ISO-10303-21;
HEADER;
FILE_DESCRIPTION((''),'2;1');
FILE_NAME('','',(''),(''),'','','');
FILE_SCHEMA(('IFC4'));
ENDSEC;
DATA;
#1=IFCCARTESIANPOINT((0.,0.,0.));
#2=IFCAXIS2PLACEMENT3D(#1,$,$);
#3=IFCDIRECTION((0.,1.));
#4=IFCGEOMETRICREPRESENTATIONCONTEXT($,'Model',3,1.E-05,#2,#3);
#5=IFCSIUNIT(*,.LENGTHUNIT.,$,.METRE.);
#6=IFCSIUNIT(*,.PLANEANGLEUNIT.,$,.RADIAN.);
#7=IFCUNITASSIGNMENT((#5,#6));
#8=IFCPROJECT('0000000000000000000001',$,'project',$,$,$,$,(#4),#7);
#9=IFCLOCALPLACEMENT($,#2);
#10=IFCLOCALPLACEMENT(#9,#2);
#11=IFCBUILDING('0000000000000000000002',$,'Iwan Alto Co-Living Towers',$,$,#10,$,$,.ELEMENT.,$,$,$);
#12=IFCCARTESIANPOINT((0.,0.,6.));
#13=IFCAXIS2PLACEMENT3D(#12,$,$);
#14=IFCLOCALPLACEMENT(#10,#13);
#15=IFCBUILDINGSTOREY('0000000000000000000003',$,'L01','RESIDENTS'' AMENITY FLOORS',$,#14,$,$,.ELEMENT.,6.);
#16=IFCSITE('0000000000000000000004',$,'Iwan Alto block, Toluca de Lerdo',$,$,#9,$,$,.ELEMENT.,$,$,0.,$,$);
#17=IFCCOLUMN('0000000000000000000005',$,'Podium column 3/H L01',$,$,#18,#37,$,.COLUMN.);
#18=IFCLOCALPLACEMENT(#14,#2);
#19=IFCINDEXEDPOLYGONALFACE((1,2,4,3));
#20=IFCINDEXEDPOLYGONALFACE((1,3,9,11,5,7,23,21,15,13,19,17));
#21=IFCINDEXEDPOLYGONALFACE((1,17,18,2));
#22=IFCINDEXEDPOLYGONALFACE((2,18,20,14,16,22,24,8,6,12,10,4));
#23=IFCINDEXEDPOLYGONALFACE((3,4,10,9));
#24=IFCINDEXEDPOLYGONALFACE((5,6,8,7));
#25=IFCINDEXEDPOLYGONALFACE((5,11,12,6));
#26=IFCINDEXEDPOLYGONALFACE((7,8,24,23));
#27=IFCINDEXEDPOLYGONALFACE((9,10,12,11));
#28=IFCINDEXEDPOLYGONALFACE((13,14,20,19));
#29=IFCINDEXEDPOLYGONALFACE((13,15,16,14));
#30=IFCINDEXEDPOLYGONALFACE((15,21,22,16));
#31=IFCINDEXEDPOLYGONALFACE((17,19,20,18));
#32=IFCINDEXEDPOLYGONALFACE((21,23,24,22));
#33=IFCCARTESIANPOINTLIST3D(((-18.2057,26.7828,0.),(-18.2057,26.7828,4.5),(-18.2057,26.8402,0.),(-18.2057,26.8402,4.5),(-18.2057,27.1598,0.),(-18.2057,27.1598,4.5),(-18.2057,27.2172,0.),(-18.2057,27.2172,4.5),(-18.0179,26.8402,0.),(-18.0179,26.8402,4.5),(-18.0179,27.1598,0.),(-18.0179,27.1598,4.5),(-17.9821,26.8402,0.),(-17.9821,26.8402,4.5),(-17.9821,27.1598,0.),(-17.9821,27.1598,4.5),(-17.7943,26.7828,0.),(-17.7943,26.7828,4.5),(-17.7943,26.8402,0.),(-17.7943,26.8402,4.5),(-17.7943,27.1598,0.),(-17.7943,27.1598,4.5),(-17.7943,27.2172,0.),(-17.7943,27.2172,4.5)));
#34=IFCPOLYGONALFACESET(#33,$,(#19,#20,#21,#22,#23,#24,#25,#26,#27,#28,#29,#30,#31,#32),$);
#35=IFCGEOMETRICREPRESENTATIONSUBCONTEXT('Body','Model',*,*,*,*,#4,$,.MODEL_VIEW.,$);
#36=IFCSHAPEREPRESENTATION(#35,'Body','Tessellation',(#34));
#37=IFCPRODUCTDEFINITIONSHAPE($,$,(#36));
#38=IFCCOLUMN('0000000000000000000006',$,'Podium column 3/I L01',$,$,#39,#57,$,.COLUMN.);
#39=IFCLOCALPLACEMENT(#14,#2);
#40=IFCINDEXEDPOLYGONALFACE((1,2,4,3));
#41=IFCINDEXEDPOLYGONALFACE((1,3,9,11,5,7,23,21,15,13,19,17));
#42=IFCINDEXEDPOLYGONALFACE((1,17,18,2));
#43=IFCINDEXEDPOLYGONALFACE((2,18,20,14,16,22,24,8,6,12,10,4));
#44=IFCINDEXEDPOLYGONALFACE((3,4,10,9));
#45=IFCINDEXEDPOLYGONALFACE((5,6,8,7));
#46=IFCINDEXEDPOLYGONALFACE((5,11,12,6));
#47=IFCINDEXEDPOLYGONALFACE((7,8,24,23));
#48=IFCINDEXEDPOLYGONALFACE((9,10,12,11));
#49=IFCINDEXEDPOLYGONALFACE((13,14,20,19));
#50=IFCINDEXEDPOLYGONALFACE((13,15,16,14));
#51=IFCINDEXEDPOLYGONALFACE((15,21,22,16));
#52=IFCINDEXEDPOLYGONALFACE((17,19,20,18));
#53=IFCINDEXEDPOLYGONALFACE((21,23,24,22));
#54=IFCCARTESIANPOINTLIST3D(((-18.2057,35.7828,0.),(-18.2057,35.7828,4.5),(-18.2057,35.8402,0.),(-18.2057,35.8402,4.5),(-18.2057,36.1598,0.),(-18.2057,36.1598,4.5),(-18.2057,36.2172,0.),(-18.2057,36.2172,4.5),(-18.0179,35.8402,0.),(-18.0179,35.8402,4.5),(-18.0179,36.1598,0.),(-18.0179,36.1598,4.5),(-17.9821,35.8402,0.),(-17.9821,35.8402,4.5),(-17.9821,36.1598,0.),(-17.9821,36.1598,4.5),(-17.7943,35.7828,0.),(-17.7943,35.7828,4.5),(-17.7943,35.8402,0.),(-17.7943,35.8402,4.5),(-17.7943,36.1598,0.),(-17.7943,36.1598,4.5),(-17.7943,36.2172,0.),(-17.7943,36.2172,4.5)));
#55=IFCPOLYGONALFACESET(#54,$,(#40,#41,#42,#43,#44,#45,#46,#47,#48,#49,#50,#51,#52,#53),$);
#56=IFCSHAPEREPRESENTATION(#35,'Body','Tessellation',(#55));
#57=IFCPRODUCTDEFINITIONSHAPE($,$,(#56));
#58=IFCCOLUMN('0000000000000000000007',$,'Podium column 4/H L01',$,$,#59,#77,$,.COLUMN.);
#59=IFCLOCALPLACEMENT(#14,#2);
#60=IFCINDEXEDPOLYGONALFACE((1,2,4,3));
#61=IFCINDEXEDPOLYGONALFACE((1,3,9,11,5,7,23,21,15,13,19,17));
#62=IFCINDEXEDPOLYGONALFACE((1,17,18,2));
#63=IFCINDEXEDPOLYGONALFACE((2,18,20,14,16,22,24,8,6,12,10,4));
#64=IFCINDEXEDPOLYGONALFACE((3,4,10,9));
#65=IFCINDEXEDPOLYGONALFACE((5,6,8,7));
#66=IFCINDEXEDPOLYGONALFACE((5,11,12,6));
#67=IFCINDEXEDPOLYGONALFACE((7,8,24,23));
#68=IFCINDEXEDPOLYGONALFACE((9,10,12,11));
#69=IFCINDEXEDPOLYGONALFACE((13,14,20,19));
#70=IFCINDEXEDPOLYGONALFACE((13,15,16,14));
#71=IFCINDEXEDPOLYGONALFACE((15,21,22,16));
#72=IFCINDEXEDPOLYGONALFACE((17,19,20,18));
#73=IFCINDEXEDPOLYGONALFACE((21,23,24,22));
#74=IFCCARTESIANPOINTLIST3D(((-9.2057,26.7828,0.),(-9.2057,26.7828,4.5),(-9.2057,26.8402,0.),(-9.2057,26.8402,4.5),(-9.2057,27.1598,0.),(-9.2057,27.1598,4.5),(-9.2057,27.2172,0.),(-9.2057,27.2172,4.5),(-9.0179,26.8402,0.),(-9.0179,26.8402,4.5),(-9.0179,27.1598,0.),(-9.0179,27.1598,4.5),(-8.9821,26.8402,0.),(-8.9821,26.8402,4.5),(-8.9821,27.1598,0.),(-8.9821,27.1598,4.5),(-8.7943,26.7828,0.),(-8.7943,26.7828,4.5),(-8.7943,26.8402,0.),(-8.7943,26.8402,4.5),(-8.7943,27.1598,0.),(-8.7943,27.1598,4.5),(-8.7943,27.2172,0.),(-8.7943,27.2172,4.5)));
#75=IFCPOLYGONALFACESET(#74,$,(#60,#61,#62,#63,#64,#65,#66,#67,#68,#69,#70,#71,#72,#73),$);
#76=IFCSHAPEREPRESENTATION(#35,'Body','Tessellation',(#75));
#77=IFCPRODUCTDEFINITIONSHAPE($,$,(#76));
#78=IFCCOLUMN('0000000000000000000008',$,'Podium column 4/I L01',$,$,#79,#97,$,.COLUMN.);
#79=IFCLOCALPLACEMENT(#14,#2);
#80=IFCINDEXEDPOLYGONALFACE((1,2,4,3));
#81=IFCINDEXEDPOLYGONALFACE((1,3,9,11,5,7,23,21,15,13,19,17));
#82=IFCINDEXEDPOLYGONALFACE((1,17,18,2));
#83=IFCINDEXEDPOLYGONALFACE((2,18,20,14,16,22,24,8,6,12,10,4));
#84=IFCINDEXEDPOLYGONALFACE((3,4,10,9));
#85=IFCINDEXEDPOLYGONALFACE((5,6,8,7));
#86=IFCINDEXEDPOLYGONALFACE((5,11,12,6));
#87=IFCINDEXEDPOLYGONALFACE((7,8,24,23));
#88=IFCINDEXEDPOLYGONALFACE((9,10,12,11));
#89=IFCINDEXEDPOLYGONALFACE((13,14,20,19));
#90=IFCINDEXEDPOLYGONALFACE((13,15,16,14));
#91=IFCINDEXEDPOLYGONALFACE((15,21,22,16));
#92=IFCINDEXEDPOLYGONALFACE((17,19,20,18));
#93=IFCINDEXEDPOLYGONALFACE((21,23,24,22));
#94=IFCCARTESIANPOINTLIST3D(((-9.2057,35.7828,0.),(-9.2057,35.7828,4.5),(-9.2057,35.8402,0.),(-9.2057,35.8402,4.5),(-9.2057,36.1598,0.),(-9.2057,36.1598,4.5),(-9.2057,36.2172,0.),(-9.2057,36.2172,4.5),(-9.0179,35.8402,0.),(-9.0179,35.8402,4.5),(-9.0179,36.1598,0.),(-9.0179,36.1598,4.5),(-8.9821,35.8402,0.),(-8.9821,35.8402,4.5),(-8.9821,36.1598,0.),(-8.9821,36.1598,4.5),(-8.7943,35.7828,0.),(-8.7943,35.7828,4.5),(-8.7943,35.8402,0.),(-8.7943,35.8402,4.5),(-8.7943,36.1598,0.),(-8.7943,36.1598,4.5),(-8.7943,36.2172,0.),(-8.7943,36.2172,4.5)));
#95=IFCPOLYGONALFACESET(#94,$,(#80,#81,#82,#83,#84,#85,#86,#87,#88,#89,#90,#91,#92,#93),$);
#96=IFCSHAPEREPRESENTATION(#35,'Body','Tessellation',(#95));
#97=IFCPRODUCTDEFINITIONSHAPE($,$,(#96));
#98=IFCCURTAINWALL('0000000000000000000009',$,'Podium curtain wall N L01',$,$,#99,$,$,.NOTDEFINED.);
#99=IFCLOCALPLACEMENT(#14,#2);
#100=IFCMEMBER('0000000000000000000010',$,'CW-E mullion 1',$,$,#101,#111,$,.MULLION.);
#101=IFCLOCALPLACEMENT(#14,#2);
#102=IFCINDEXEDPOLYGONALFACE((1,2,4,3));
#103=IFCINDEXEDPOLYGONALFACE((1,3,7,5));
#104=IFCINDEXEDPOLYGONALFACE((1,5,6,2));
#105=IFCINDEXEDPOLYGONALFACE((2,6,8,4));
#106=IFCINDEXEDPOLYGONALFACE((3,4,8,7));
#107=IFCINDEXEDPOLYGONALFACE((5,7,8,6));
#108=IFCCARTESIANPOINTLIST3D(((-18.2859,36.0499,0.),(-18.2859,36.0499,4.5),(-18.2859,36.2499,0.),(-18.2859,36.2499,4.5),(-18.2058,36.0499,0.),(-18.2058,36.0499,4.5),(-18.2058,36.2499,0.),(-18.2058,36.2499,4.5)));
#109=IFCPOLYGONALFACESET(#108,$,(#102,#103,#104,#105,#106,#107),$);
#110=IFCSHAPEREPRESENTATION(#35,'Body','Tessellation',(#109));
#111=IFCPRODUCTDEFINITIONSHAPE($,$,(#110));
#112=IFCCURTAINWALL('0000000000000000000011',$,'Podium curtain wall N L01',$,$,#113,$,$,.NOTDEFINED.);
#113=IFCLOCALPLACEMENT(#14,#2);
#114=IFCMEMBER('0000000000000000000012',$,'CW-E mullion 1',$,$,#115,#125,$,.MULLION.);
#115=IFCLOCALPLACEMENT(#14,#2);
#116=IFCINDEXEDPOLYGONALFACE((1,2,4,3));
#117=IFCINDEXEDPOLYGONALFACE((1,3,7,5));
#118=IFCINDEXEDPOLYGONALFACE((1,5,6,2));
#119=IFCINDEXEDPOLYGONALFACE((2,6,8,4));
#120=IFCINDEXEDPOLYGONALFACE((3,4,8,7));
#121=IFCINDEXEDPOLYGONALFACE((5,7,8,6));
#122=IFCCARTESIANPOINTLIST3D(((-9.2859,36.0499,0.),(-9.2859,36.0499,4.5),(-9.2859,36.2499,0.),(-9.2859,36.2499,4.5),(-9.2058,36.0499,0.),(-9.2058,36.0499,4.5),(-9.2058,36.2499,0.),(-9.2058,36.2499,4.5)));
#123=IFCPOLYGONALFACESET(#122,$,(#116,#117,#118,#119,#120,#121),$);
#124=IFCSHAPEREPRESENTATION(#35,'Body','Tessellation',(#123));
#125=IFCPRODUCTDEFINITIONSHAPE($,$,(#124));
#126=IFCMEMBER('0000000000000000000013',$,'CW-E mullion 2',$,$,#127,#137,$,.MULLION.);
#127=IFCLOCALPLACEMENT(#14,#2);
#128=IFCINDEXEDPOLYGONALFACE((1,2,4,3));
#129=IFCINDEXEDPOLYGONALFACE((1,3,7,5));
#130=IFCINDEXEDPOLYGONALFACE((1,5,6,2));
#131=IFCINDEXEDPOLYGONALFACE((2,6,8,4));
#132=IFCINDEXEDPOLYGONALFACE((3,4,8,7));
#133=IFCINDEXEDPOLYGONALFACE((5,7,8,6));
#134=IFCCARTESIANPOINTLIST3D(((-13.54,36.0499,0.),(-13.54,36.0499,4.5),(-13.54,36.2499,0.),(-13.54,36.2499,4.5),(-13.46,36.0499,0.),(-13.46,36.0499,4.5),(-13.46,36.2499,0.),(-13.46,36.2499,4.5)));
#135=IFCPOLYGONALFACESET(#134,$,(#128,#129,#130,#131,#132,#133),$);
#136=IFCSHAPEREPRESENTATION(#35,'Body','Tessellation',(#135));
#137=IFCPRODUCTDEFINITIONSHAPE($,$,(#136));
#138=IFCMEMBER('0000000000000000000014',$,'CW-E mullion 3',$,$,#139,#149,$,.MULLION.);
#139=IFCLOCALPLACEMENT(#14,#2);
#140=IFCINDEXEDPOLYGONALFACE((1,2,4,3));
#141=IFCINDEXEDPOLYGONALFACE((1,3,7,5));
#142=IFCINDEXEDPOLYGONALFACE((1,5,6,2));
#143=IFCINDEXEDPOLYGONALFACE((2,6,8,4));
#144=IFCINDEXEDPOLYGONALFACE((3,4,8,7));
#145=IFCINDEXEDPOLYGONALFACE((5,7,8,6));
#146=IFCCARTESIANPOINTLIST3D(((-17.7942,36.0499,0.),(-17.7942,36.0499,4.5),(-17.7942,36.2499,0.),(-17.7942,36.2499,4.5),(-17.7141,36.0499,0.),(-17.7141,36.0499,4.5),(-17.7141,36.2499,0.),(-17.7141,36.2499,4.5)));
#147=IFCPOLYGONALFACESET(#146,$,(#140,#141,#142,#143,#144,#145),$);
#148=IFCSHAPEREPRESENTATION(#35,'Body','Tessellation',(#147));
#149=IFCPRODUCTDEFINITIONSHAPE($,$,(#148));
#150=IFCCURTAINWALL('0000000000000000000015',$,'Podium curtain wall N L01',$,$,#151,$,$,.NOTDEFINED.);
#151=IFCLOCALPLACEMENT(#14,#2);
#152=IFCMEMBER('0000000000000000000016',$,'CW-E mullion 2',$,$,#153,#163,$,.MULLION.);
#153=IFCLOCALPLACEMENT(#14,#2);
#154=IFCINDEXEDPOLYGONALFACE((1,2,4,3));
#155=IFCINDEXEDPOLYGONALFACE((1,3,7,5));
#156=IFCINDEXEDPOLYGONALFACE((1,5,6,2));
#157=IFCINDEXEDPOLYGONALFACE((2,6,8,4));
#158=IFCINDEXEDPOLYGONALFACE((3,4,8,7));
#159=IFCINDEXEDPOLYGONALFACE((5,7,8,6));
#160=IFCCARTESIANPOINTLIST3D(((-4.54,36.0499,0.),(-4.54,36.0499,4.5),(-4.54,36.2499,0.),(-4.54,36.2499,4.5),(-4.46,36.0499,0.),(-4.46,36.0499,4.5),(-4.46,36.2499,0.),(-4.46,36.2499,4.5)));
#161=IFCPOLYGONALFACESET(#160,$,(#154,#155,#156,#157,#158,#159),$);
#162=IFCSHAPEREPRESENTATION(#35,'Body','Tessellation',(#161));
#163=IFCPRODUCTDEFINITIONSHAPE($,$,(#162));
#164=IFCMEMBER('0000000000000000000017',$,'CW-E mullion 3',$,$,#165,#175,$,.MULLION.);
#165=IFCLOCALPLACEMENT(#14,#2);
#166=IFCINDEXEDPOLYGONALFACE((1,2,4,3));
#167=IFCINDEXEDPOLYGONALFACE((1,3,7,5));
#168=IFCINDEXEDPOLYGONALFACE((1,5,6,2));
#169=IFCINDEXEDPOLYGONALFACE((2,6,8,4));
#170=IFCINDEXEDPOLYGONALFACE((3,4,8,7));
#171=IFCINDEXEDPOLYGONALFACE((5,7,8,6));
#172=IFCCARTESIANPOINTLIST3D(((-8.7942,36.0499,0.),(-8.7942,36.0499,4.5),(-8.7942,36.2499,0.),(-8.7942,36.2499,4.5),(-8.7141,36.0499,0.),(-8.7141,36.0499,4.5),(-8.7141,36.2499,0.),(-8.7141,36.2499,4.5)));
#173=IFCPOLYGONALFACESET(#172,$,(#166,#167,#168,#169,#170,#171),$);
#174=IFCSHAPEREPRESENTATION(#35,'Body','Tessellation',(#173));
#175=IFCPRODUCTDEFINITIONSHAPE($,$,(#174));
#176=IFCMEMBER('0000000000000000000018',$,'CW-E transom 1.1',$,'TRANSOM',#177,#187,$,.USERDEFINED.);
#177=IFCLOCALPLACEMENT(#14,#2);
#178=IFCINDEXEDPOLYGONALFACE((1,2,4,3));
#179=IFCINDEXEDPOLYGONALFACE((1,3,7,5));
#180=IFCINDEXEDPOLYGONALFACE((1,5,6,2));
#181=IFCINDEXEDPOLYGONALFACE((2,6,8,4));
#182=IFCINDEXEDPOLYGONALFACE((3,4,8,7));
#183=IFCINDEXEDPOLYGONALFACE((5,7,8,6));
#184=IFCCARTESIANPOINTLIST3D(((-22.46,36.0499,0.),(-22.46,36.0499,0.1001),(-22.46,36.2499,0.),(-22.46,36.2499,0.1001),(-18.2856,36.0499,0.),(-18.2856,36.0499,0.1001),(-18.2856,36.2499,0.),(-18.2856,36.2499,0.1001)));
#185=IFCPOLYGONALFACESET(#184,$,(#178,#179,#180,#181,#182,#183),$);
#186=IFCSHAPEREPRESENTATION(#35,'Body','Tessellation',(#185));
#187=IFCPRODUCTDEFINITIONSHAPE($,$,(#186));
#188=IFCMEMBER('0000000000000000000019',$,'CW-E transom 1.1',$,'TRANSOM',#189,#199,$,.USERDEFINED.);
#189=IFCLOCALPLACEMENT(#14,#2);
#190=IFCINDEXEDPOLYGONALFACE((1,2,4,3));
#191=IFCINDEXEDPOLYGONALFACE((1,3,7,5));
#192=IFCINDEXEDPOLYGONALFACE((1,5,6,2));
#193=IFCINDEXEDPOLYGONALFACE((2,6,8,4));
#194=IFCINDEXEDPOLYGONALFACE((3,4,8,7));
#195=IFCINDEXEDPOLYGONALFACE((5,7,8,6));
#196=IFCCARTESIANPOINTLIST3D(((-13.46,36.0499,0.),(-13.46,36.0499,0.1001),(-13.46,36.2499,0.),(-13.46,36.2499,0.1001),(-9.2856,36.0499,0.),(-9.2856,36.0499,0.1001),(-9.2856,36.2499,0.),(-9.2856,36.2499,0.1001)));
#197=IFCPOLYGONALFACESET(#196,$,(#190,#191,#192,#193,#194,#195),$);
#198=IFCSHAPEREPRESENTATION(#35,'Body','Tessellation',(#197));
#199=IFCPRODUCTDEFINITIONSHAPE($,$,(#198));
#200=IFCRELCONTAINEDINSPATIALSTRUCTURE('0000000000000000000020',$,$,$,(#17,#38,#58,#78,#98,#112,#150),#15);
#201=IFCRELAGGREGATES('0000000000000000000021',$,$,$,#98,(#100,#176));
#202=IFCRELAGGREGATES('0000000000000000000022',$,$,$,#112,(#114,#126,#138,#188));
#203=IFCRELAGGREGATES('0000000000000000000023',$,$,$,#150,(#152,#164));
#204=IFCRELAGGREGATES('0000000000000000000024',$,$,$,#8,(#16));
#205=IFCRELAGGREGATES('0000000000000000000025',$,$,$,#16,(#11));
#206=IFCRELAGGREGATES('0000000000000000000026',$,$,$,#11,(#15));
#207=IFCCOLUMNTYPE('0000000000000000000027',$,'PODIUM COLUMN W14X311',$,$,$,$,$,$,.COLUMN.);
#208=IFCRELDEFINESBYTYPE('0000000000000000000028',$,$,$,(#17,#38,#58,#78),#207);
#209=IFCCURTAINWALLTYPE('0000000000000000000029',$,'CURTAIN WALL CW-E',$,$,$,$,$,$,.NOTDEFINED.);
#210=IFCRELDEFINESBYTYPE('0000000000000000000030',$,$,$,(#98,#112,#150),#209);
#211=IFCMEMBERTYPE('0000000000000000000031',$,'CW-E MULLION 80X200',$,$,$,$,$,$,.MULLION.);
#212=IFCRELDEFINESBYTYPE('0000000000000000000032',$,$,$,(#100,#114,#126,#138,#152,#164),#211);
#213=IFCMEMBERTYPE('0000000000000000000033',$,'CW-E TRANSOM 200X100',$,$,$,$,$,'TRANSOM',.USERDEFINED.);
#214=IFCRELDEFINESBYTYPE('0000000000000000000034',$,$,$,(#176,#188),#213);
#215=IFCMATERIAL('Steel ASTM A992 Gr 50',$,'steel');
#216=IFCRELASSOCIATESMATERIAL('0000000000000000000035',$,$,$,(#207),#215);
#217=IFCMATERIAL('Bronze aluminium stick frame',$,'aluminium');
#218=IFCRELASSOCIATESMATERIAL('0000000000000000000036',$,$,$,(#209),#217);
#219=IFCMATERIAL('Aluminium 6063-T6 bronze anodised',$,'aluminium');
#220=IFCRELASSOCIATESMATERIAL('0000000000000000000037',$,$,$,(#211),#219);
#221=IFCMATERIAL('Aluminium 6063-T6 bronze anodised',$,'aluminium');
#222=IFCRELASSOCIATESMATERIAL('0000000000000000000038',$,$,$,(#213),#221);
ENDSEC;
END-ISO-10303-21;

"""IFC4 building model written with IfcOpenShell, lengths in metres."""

from ifc_helpers import new_model, si_unit, direction, frame, origin, origin_2d, place, context, subcontext, project, spatial, rectangle, i_section, extrude, material, material_profile, profile_set, type_object, element, aggregate, save


model = new_model("IFC4")

# Units and contexts
model_context = context("Model", 3, precision=1e-05, world=origin(), true_north=direction((0.0, 1.0)))
body_context = subcontext(model_context, "Body", "Model", "MODEL_VIEW")
ifc_project = project(units=[si_unit("LENGTHUNIT", "METRE"), si_unit("PLANEANGLEUNIT", "RADIAN")], contexts=[model_context])

# Site, building, storey
site_placement = place(None, origin())
site = spatial("IfcSite", under=ifc_project, at=site_placement, Name="Iwan Alto block, Toluca de Lerdo", CompositionType="ELEMENT", RefElevation=0.0)
building_placement = place(site_placement, origin())
building = spatial("IfcBuilding", under=site, at=building_placement, Name="Iwan Alto Co-Living Towers", CompositionType="ELEMENT")
storey_placement = place(building_placement, frame((0.0, 0.0, 6.0)))
storey = spatial("IfcBuildingStorey", under=building, at=storey_placement, Name="L01", Description="RESIDENTS' AMENITY FLOORS", CompositionType="ELEMENT", Elevation=6.0)

# Columns
ifc_material_1 = material(Name="Steel ASTM A992 Gr 50", Category="steel")
ifc_material_profile_1 = material_profile(ifc_material_1, i_section(OverallWidth=0.4114, OverallDepth=0.4343, WebThickness=0.0359, FlangeThickness=0.0574, at=origin_2d()), Name="W14X311")
ifc_profile_set_1 = profile_set([ifc_material_profile_1], Name="Steel ASTM A992 Gr 50")
column_type = type_object("IfcColumnType", Name="PODIUM COLUMN W14X311", PredefinedType="COLUMN", material=ifc_profile_set_1)
for number, where, z_axis, x_axis, name in (
    (1, (-18.0, 27.0, 0.0), (0.0, 0.0, 1.0), (1.0, 0.0, 0.0), "Podium column 3/H L01"),
    (2, (-18.0, 36.0, 0.0), (0.0, 0.0, 1.0), (1.0, 0.0, 0.0), "Podium column 3/I L01"),
    (3, (-9.0, 27.0, 0.0), (0.0, 0.0, 1.0), (1.0, 0.0, 0.0), "Podium column 4/H L01"),
    (4, (-9.0, 36.0, 0.0), (0.0, 0.0, 1.0), (1.0, 0.0, 0.0), "Podium column 4/I L01"),
):
    element("IfcColumn", number, at=place(storey_placement, frame(where, z_axis=z_axis, x_axis=x_axis)), inside=storey, type_object=column_type, Name=name, PredefinedType="COLUMN", context=body_context, shape_type="SweptSolid", body=[
        extrude(i_section(OverallWidth=0.4114, OverallDepth=0.4343, WebThickness=0.0359, FlangeThickness=0.0574, at=origin_2d()), origin(), (0.0, 0.0, 1.0), 4.5),
    ])

# Curtain wall, member
ifc_material_2 = material(Name="Bronze aluminium stick frame", Category="aluminium")
curtain_wall_type = type_object("IfcCurtainWallType", Name="CURTAIN WALL CW-E", PredefinedType="NOTDEFINED", material=ifc_material_2)
curtain_wall_1_placement = place(storey_placement, origin())
curtain_wall_1 = element("IfcCurtainWall", 5, at=curtain_wall_1_placement, inside=storey, type_object=curtain_wall_type, Name="Podium curtain wall N L01", PredefinedType="NOTDEFINED")
ifc_material_3 = material(Name="Aluminium 6063-T6 bronze anodised", Category="aluminium")
ifc_material_profile_2 = material_profile(ifc_material_3, rectangle(XDim=0.2, YDim=0.0801, at=origin_2d()), Name="AL 80X200")
ifc_profile_set_2 = profile_set([ifc_material_profile_2], Name="Aluminium 6063-T6 bronze anodised")
member_type_1 = type_object("IfcMemberType", Name="CW-E MULLION 80X200", PredefinedType="MULLION", material=ifc_profile_set_2)
member_1_placement = place(storey_placement, frame((-18.2458, 36.1499, 0.0), z_axis=(0.0, 0.0, 1.0), x_axis=(0.0, -1.0, 0.0)))
member_1 = element("IfcMember", 6, at=member_1_placement, type_object=member_type_1, Name="CW-E mullion 1", PredefinedType="MULLION", context=body_context, shape_type="SweptSolid", body=[
    extrude(rectangle(XDim=0.2, YDim=0.0801, at=origin_2d()), origin(), (0.0, 0.0, 1.0), 4.5),
])

# Curtain walls, members
curtain_wall_2_placement = place(storey_placement, origin())
curtain_wall_2 = element("IfcCurtainWall", 7, at=curtain_wall_2_placement, inside=storey, type_object=curtain_wall_type, Name="Podium curtain wall N L01", PredefinedType="NOTDEFINED")
member_2_placement = place(storey_placement, frame((-9.2458, 36.1499, 0.0), z_axis=(0.0, 0.0, 1.0), x_axis=(0.0, -1.0, 0.0)))
member_2 = element("IfcMember", 8, at=member_2_placement, type_object=member_type_1, Name="CW-E mullion 1", PredefinedType="MULLION", context=body_context, shape_type="SweptSolid", body=[
    extrude(rectangle(XDim=0.2, YDim=0.0801, at=origin_2d()), origin(), (0.0, 0.0, 1.0), 4.5),
])
member_3_placement = place(storey_placement, frame((-13.5, 36.1499, 0.0), z_axis=(0.0, 0.0, 1.0), x_axis=(0.0, -1.0, 0.0)))
member_3 = element("IfcMember", 9, at=member_3_placement, type_object=member_type_1, Name="CW-E mullion 2", PredefinedType="MULLION", context=body_context, shape_type="SweptSolid", body=[
    extrude(rectangle(XDim=0.2, YDim=0.0801, at=origin_2d()), origin(), (0.0, 0.0, 1.0), 4.5),
])
member_4_placement = place(storey_placement, frame((-17.7542, 36.1499, 0.0), z_axis=(0.0, 0.0, 1.0), x_axis=(0.0, -1.0, 0.0)))
member_4 = element("IfcMember", 10, at=member_4_placement, type_object=member_type_1, Name="CW-E mullion 3", PredefinedType="MULLION", context=body_context, shape_type="SweptSolid", body=[
    extrude(rectangle(XDim=0.2, YDim=0.0801, at=origin_2d()), origin(), (0.0, 0.0, 1.0), 4.5),
])
curtain_wall_3_placement = place(storey_placement, origin())
curtain_wall_3 = element("IfcCurtainWall", 11, at=curtain_wall_3_placement, inside=storey, type_object=curtain_wall_type, Name="Podium curtain wall N L01", PredefinedType="NOTDEFINED")
member_5_placement = place(storey_placement, frame((-4.5, 36.1499, 0.0), z_axis=(0.0, 0.0, 1.0), x_axis=(0.0, -1.0, 0.0)))
member_5 = element("IfcMember", 12, at=member_5_placement, type_object=member_type_1, Name="CW-E mullion 2", PredefinedType="MULLION", context=body_context, shape_type="SweptSolid", body=[
    extrude(rectangle(XDim=0.2, YDim=0.0801, at=origin_2d()), origin(), (0.0, 0.0, 1.0), 4.5),
])
member_6_placement = place(storey_placement, frame((-8.7542, 36.1499, 0.0), z_axis=(0.0, 0.0, 1.0), x_axis=(0.0, -1.0, 0.0)))
member_6 = element("IfcMember", 13, at=member_6_placement, type_object=member_type_1, Name="CW-E mullion 3", PredefinedType="MULLION", context=body_context, shape_type="SweptSolid", body=[
    extrude(rectangle(XDim=0.2, YDim=0.0801, at=origin_2d()), origin(), (0.0, 0.0, 1.0), 4.5),
])

# Members
ifc_material_4 = material(Name="Aluminium 6063-T6 bronze anodised", Category="aluminium")
ifc_material_profile_3 = material_profile(ifc_material_4, rectangle(XDim=0.2, YDim=0.1001, at=origin_2d()), Name="AL 200X100")
ifc_profile_set_3 = profile_set([ifc_material_profile_3], Name="Aluminium 6063-T6 bronze anodised")
member_type_2 = type_object("IfcMemberType", Name="CW-E TRANSOM 200X100", ElementType="TRANSOM", PredefinedType="USERDEFINED", material=ifc_profile_set_3)
member_7_placement = place(storey_placement, frame((-18.2856, 36.1499, 0.05), z_axis=(-1.0, 0.0, 0.0), x_axis=(0.0, -1.0, 0.0)))
member_7 = element("IfcMember", 14, at=member_7_placement, type_object=member_type_2, Name="CW-E transom 1.1", ObjectType="TRANSOM", PredefinedType="USERDEFINED", context=body_context, shape_type="SweptSolid", body=[
    extrude(rectangle(XDim=0.2, YDim=0.1001, at=origin_2d()), origin(), (0.0, 0.0, 1.0), 4.1743),
])
member_8_placement = place(storey_placement, frame((-9.2856, 36.1499, 0.05), z_axis=(-1.0, 0.0, 0.0), x_axis=(0.0, -1.0, 0.0)))
member_8 = element("IfcMember", 15, at=member_8_placement, type_object=member_type_2, Name="CW-E transom 1.1", ObjectType="TRANSOM", PredefinedType="USERDEFINED", context=body_context, shape_type="SweptSolid", body=[
    extrude(rectangle(XDim=0.2, YDim=0.1001, at=origin_2d()), origin(), (0.0, 0.0, 1.0), 4.1743),
])

aggregate(curtain_wall_1, [member_1, member_7])
aggregate(curtain_wall_2, [member_2, member_3, member_4, member_8])
aggregate(curtain_wall_3, [member_5, member_6])

save(model, "model.ifc")
